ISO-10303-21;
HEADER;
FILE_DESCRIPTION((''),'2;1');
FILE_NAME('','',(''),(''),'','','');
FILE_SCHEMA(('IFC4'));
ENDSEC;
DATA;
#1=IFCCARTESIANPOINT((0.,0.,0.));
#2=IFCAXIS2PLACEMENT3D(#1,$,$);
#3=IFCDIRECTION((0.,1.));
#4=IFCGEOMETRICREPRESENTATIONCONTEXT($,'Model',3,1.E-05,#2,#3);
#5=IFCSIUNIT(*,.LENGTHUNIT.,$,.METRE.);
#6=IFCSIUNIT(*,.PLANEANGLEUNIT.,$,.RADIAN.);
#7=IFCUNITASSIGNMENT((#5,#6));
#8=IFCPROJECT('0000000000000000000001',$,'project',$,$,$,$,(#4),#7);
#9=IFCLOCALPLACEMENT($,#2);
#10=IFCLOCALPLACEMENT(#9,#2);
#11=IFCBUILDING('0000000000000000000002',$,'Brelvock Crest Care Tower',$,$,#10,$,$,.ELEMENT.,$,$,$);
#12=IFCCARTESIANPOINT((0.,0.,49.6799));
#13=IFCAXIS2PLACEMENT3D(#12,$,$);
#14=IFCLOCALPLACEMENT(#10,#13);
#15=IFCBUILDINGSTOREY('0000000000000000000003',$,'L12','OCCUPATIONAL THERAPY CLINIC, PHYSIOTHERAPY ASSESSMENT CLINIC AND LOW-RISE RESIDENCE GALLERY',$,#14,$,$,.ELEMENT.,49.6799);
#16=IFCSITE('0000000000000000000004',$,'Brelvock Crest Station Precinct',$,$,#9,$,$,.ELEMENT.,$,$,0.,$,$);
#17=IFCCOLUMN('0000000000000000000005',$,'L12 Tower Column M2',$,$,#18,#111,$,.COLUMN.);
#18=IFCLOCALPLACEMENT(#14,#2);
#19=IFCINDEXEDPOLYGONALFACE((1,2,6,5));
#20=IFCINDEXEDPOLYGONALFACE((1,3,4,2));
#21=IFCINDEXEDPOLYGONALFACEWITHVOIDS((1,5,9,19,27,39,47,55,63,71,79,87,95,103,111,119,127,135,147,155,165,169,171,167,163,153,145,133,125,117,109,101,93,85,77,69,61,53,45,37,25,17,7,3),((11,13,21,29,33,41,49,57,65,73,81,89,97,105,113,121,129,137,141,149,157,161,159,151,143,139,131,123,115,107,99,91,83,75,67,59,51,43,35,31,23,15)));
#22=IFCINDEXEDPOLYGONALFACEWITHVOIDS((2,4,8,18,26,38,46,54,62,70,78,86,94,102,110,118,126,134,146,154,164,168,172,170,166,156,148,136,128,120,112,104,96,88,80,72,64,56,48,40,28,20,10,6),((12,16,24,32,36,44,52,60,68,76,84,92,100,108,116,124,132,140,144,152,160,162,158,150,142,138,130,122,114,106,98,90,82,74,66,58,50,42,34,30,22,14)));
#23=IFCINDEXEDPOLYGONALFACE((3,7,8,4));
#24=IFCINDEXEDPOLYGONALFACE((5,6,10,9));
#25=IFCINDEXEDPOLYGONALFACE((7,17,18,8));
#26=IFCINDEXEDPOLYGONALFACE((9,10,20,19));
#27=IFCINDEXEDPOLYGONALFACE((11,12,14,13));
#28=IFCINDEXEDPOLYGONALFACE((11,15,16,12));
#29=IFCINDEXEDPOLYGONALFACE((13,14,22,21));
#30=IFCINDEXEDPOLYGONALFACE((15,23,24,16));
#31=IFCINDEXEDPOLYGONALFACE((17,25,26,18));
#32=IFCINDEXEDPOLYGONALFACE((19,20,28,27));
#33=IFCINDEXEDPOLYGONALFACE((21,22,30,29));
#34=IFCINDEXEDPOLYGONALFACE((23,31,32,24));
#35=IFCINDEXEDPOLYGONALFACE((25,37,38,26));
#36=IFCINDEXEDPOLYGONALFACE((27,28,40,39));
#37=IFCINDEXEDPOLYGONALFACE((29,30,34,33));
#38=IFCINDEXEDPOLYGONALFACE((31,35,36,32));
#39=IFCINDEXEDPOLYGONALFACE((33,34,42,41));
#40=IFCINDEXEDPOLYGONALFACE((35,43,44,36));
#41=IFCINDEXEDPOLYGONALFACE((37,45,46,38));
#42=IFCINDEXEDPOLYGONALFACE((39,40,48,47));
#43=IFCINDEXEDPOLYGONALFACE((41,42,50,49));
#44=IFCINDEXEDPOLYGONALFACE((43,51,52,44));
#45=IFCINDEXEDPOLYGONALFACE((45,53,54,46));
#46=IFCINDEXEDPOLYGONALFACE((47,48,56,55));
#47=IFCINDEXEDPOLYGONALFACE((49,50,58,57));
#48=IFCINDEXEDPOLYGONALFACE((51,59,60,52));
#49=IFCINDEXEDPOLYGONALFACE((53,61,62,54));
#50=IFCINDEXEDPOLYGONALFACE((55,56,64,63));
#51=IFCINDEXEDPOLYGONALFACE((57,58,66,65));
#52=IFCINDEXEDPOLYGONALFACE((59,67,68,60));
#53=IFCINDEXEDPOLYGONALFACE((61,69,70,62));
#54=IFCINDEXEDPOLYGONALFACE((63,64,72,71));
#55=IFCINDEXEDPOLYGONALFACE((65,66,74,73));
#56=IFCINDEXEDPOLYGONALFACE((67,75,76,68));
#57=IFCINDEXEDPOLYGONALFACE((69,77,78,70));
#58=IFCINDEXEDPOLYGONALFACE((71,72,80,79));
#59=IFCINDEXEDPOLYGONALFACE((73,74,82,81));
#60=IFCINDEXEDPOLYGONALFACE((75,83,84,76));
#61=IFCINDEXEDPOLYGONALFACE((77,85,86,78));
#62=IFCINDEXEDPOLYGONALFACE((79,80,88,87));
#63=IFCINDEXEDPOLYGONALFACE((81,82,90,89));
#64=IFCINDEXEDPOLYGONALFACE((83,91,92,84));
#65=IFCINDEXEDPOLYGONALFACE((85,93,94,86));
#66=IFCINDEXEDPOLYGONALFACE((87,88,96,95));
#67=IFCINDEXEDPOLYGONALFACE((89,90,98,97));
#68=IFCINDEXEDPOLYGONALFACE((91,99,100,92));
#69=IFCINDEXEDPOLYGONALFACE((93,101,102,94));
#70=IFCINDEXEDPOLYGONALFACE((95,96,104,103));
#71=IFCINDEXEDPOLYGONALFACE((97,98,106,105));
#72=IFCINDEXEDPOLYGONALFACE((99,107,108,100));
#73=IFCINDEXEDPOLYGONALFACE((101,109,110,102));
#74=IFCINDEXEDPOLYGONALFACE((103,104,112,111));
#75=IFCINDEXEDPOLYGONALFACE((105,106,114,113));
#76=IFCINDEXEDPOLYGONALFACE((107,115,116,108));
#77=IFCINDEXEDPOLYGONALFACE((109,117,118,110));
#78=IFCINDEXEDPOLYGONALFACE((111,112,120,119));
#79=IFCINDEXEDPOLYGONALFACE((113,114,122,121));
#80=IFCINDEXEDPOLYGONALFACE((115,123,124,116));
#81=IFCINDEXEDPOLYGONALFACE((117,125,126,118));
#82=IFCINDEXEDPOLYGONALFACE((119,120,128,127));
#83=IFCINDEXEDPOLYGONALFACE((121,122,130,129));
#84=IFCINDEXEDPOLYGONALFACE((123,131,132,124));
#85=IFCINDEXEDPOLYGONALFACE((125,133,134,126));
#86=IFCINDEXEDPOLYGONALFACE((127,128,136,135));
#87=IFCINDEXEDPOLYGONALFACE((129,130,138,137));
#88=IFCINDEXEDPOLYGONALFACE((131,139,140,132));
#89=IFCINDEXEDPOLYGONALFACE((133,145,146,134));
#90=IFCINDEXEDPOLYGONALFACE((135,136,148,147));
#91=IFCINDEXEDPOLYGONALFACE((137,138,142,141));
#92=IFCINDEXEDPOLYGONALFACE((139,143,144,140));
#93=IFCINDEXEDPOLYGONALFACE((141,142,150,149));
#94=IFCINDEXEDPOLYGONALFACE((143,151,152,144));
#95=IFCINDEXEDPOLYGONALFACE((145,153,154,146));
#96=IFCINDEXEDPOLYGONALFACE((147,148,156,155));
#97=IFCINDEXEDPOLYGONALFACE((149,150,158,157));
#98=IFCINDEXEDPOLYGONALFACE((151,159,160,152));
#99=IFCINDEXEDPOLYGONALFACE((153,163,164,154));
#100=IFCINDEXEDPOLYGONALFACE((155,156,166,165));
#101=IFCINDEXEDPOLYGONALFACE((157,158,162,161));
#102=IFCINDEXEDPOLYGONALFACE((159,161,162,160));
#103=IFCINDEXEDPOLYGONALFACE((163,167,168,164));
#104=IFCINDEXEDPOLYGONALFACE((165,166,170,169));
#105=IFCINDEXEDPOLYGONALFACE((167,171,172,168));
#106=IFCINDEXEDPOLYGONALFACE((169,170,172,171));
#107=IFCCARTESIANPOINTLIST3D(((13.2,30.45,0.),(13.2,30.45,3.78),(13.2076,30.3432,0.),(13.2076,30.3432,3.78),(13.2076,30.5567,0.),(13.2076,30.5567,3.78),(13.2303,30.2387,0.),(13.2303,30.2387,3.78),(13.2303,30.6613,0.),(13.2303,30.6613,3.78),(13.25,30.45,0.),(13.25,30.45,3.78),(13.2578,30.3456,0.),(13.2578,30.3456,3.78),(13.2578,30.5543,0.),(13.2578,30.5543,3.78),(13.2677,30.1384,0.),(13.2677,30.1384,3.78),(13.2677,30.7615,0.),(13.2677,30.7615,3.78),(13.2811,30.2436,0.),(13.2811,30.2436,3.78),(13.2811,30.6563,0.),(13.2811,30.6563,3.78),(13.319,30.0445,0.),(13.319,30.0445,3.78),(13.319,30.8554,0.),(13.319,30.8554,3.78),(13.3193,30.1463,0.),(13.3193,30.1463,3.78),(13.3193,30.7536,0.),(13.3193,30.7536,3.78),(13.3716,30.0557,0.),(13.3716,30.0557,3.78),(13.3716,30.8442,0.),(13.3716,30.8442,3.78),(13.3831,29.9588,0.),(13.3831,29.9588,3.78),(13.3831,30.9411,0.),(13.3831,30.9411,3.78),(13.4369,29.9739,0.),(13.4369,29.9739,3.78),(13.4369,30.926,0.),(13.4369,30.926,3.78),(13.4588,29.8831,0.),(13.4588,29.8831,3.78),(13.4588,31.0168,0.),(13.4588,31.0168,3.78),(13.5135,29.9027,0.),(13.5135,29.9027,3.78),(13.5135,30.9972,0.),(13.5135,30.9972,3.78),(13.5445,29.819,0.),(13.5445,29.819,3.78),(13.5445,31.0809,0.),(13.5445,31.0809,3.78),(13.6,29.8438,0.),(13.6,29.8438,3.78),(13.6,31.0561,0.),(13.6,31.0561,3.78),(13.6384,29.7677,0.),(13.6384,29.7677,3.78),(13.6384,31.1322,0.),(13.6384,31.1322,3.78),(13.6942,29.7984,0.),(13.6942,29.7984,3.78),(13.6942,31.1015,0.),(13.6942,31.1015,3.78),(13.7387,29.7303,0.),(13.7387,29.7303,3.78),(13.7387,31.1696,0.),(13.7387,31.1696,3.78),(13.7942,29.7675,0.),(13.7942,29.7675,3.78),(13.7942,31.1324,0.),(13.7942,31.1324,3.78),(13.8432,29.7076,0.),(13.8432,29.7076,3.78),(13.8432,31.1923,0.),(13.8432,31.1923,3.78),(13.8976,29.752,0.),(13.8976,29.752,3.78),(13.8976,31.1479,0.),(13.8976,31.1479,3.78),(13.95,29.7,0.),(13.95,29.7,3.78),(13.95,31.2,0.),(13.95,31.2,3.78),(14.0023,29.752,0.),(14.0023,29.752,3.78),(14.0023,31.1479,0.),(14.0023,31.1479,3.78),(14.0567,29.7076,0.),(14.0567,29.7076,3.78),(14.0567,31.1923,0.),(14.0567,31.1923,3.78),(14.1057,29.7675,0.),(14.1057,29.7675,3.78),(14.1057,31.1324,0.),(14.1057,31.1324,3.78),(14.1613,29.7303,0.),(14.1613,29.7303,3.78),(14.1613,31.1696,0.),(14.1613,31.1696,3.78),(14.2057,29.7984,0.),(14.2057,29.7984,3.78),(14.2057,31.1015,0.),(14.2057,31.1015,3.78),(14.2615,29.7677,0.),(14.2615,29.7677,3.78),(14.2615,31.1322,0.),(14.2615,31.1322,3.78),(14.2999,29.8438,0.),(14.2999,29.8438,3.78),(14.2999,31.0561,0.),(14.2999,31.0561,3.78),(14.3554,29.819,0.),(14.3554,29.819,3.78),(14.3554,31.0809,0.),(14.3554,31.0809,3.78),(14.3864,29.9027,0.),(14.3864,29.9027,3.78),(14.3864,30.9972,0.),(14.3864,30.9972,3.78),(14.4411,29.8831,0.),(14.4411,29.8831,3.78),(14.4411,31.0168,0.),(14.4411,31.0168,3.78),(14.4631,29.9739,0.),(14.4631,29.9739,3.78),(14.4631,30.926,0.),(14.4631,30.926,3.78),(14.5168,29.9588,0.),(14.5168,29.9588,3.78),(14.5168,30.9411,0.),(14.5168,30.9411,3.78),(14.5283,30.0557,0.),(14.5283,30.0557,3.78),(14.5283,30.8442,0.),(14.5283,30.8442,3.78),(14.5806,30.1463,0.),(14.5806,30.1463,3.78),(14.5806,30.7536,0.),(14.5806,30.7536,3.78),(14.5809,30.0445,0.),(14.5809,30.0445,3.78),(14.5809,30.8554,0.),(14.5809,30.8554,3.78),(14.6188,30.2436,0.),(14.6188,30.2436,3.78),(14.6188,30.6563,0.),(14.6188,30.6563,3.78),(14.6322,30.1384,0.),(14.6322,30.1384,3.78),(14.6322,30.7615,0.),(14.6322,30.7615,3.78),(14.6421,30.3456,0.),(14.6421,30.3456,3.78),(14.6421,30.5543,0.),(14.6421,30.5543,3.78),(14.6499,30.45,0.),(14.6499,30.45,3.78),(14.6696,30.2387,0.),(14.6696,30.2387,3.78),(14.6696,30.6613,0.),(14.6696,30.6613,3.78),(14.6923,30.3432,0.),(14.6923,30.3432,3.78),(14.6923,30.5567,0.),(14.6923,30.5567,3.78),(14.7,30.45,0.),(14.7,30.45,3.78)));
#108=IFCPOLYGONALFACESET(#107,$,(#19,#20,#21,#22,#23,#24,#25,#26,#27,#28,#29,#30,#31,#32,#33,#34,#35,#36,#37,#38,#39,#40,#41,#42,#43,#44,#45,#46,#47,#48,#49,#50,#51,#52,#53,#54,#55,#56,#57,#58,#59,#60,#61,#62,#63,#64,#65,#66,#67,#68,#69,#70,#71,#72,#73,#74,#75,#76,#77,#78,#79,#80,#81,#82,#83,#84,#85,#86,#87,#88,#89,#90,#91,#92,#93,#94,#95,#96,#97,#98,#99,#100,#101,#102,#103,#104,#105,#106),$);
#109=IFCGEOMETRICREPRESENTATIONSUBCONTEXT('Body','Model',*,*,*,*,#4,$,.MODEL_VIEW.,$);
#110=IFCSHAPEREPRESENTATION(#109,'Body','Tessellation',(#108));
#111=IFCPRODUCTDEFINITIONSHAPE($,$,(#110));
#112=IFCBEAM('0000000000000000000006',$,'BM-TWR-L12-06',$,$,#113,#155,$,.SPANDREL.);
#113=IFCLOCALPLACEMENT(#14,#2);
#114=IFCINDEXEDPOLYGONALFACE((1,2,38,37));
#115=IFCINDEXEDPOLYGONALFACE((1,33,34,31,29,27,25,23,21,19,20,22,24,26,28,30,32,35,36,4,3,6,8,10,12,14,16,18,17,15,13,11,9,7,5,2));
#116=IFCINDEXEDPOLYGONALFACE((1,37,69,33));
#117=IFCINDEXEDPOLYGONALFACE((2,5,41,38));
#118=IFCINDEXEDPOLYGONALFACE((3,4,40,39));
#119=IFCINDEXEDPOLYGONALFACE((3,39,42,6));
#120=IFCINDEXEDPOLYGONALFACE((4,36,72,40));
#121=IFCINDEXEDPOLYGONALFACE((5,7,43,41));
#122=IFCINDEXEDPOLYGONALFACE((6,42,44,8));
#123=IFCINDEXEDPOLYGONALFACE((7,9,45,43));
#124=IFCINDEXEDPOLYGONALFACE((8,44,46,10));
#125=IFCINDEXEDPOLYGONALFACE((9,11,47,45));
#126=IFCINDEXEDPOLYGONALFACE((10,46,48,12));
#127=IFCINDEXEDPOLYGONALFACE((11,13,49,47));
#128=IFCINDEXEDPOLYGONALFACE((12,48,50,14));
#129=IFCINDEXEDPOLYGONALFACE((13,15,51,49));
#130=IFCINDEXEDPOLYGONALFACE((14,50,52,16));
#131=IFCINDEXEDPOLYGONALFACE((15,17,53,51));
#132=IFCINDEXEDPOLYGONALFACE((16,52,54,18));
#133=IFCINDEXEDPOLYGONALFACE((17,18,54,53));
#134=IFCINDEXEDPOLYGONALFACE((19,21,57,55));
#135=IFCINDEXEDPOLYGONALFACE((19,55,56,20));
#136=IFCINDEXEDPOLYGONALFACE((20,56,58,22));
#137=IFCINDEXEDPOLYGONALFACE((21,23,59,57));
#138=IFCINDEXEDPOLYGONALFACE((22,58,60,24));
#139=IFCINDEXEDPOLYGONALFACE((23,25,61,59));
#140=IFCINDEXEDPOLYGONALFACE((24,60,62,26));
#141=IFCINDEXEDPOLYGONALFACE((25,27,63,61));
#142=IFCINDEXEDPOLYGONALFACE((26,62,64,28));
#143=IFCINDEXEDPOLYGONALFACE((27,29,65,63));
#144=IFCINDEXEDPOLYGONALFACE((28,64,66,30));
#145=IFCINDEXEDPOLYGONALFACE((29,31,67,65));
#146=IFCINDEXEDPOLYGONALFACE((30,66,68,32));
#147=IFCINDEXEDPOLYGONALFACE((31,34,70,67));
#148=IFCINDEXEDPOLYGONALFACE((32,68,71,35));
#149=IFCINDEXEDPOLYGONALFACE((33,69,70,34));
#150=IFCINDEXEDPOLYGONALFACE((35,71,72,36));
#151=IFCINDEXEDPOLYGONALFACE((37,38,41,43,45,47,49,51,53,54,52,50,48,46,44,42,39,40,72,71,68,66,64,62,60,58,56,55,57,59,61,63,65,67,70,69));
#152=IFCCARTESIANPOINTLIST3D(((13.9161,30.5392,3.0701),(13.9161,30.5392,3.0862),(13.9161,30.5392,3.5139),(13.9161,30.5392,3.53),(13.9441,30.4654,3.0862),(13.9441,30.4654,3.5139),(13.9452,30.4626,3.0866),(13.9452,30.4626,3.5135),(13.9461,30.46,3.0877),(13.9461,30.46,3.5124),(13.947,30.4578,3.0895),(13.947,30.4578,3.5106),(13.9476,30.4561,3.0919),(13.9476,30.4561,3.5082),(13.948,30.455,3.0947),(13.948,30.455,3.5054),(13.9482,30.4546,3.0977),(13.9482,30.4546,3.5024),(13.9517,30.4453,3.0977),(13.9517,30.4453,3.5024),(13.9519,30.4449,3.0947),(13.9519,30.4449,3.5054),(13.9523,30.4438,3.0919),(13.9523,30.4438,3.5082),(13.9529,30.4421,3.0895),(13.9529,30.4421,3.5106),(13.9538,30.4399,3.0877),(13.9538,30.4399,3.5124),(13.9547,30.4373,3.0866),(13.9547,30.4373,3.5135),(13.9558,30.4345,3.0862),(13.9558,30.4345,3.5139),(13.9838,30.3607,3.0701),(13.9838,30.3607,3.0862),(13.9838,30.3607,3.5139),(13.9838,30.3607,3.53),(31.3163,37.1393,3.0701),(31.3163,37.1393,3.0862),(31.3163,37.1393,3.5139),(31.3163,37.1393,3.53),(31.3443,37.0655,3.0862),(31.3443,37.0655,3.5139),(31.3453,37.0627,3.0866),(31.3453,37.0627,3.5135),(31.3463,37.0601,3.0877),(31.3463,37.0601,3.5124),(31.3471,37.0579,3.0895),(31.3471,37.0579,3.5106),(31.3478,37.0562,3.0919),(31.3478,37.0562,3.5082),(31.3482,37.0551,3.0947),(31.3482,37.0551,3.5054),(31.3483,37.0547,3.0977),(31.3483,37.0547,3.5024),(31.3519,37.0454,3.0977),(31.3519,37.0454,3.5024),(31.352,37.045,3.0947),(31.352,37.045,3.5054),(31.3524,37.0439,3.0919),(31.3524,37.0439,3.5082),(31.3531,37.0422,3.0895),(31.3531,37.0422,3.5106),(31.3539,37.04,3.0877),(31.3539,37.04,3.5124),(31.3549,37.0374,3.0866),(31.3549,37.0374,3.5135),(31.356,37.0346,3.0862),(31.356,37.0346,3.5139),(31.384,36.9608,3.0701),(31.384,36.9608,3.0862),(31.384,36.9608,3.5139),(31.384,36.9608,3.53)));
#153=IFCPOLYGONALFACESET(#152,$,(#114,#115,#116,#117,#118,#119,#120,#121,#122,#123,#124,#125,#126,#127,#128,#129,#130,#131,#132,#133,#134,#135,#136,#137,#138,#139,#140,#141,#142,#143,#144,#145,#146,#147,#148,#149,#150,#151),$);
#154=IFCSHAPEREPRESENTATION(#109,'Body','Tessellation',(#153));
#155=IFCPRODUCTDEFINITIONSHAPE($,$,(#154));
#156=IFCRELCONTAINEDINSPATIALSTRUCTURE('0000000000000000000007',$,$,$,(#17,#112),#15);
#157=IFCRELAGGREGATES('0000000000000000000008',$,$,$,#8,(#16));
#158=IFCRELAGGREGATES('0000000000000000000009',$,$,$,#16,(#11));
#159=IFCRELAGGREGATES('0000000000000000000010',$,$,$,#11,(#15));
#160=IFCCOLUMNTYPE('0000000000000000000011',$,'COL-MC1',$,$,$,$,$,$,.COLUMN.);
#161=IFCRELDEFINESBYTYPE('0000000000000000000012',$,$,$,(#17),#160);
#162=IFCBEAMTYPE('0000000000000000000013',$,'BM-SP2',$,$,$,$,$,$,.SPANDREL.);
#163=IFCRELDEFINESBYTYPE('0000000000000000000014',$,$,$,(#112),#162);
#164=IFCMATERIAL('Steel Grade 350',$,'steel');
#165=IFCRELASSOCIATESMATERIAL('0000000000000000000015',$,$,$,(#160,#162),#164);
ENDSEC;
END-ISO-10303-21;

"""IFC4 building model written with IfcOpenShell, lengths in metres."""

from ifc_helpers import new_model, si_unit, direction, frame, origin, origin_2d, place, context, subcontext, project, spatial, hollow_circle, i_section, extrude, source, transform, mapped, material, material_profile, profile_set, type_object, element, save


model = new_model("IFC4")

# Units and contexts
model_context = context("Model", 3, precision=1e-05, world=origin(), true_north=direction((0.0, 1.0)))
body_context = subcontext(model_context, "Body", "Model", "MODEL_VIEW")
ifc_project = project(units=[si_unit("LENGTHUNIT", "METRE"), si_unit("PLANEANGLEUNIT", "RADIAN")], contexts=[model_context])

# Site, building, storey
site_placement = place(None, origin())
site = spatial("IfcSite", under=ifc_project, at=site_placement, Name="Brelvock Crest Station Precinct", CompositionType="ELEMENT", RefElevation=0.0)
building_placement = place(site_placement, origin())
building = spatial("IfcBuilding", under=site, at=building_placement, Name="Brelvock Crest Care Tower", CompositionType="ELEMENT")
storey_placement = place(building_placement, frame((0.0, 0.0, 49.6799)))
storey = spatial("IfcBuildingStorey", under=building, at=storey_placement, Name="L12", Description="OCCUPATIONAL THERAPY CLINIC, PHYSIOTHERAPY ASSESSMENT CLINIC AND LOW-RISE RESIDENCE GALLERY", CompositionType="ELEMENT", Elevation=49.6799)

# Column
ifc_material_1 = material(Name="Steel Grade 350", Category="steel")
ifc_material_profile_1 = material_profile(ifc_material_1, hollow_circle(Radius=0.75, WallThickness=0.05, at=origin_2d()), Name="CFT1500x50")
ifc_profile_set_1 = profile_set([ifc_material_profile_1], Name="Steel Grade 350")
column_type = type_object("IfcColumnType", Name="COL-MC1", PredefinedType="COLUMN", material=ifc_profile_set_1)
shared_shape_1 = source(origin(), body_context, "Body", "SweptSolid", [
    extrude(hollow_circle(Radius=0.75, WallThickness=0.05, at=origin_2d()), origin(), (0.0, 0.0, 1.0), 3.78),
])
column_placement = place(storey_placement, frame((13.95, 30.45, 0.0), z_axis=(0.0, 0.0, 1.0), x_axis=(1.0, 0.0, 0.0)))
element("IfcColumn", 1, at=column_placement, inside=storey, type_object=column_type, Name="L12 Tower Column M2", PredefinedType="COLUMN", context=body_context, shape_type="MappedRepresentation", body=[
    mapped(shared_shape_1, transform((0.0, 0.0, 0.0), x_axis=(1.0, 0.0, 0.0), y_axis=(0.0, 1.0, 0.0), z_axis=(0.0, 0.0, 1.0), scale=1.0)),
])

# Beam
ifc_material_profile_2 = material_profile(ifc_material_1, i_section(OverallWidth=0.1909, OverallDepth=0.46, WebThickness=0.01, FlangeThickness=0.0161, FilletRadius=0.0115, at=origin_2d()), Name="460UB82.1")
ifc_profile_set_2 = profile_set([ifc_material_profile_2], Name="Steel Grade 350")
beam_type_1 = type_object("IfcBeamType", Name="BM-SP2", PredefinedType="SPANDREL", material=ifc_profile_set_2)
shared_shape_2 = source(origin(), body_context, "Body", "SweptSolid", [
    extrude(i_section(OverallWidth=0.1909, OverallDepth=0.46, WebThickness=0.01, FlangeThickness=0.0161, FilletRadius=0.0115, at=origin_2d()), origin(), (0.0, 0.0, 1.0), 18.6099),
])
beam_1_placement = place(storey_placement, frame((13.95, 30.45, 3.3), z_axis=(0.934997, 0.354656, 0.0), x_axis=(-0.354656, 0.934997, 0.0)))
element("IfcBeam", 2, at=beam_1_placement, inside=storey, type_object=beam_type_1, Name="BM-TWR-L12-06", PredefinedType="SPANDREL", context=body_context, shape_type="MappedRepresentation", body=[
    mapped(shared_shape_2, transform((0.0, 0.0, 0.0), x_axis=(1.0, 0.0, 0.0), y_axis=(0.0, 1.0, 0.0), z_axis=(0.0, 0.0, 1.0), scale=1.0)),
])

save(model, "model.ifc")
